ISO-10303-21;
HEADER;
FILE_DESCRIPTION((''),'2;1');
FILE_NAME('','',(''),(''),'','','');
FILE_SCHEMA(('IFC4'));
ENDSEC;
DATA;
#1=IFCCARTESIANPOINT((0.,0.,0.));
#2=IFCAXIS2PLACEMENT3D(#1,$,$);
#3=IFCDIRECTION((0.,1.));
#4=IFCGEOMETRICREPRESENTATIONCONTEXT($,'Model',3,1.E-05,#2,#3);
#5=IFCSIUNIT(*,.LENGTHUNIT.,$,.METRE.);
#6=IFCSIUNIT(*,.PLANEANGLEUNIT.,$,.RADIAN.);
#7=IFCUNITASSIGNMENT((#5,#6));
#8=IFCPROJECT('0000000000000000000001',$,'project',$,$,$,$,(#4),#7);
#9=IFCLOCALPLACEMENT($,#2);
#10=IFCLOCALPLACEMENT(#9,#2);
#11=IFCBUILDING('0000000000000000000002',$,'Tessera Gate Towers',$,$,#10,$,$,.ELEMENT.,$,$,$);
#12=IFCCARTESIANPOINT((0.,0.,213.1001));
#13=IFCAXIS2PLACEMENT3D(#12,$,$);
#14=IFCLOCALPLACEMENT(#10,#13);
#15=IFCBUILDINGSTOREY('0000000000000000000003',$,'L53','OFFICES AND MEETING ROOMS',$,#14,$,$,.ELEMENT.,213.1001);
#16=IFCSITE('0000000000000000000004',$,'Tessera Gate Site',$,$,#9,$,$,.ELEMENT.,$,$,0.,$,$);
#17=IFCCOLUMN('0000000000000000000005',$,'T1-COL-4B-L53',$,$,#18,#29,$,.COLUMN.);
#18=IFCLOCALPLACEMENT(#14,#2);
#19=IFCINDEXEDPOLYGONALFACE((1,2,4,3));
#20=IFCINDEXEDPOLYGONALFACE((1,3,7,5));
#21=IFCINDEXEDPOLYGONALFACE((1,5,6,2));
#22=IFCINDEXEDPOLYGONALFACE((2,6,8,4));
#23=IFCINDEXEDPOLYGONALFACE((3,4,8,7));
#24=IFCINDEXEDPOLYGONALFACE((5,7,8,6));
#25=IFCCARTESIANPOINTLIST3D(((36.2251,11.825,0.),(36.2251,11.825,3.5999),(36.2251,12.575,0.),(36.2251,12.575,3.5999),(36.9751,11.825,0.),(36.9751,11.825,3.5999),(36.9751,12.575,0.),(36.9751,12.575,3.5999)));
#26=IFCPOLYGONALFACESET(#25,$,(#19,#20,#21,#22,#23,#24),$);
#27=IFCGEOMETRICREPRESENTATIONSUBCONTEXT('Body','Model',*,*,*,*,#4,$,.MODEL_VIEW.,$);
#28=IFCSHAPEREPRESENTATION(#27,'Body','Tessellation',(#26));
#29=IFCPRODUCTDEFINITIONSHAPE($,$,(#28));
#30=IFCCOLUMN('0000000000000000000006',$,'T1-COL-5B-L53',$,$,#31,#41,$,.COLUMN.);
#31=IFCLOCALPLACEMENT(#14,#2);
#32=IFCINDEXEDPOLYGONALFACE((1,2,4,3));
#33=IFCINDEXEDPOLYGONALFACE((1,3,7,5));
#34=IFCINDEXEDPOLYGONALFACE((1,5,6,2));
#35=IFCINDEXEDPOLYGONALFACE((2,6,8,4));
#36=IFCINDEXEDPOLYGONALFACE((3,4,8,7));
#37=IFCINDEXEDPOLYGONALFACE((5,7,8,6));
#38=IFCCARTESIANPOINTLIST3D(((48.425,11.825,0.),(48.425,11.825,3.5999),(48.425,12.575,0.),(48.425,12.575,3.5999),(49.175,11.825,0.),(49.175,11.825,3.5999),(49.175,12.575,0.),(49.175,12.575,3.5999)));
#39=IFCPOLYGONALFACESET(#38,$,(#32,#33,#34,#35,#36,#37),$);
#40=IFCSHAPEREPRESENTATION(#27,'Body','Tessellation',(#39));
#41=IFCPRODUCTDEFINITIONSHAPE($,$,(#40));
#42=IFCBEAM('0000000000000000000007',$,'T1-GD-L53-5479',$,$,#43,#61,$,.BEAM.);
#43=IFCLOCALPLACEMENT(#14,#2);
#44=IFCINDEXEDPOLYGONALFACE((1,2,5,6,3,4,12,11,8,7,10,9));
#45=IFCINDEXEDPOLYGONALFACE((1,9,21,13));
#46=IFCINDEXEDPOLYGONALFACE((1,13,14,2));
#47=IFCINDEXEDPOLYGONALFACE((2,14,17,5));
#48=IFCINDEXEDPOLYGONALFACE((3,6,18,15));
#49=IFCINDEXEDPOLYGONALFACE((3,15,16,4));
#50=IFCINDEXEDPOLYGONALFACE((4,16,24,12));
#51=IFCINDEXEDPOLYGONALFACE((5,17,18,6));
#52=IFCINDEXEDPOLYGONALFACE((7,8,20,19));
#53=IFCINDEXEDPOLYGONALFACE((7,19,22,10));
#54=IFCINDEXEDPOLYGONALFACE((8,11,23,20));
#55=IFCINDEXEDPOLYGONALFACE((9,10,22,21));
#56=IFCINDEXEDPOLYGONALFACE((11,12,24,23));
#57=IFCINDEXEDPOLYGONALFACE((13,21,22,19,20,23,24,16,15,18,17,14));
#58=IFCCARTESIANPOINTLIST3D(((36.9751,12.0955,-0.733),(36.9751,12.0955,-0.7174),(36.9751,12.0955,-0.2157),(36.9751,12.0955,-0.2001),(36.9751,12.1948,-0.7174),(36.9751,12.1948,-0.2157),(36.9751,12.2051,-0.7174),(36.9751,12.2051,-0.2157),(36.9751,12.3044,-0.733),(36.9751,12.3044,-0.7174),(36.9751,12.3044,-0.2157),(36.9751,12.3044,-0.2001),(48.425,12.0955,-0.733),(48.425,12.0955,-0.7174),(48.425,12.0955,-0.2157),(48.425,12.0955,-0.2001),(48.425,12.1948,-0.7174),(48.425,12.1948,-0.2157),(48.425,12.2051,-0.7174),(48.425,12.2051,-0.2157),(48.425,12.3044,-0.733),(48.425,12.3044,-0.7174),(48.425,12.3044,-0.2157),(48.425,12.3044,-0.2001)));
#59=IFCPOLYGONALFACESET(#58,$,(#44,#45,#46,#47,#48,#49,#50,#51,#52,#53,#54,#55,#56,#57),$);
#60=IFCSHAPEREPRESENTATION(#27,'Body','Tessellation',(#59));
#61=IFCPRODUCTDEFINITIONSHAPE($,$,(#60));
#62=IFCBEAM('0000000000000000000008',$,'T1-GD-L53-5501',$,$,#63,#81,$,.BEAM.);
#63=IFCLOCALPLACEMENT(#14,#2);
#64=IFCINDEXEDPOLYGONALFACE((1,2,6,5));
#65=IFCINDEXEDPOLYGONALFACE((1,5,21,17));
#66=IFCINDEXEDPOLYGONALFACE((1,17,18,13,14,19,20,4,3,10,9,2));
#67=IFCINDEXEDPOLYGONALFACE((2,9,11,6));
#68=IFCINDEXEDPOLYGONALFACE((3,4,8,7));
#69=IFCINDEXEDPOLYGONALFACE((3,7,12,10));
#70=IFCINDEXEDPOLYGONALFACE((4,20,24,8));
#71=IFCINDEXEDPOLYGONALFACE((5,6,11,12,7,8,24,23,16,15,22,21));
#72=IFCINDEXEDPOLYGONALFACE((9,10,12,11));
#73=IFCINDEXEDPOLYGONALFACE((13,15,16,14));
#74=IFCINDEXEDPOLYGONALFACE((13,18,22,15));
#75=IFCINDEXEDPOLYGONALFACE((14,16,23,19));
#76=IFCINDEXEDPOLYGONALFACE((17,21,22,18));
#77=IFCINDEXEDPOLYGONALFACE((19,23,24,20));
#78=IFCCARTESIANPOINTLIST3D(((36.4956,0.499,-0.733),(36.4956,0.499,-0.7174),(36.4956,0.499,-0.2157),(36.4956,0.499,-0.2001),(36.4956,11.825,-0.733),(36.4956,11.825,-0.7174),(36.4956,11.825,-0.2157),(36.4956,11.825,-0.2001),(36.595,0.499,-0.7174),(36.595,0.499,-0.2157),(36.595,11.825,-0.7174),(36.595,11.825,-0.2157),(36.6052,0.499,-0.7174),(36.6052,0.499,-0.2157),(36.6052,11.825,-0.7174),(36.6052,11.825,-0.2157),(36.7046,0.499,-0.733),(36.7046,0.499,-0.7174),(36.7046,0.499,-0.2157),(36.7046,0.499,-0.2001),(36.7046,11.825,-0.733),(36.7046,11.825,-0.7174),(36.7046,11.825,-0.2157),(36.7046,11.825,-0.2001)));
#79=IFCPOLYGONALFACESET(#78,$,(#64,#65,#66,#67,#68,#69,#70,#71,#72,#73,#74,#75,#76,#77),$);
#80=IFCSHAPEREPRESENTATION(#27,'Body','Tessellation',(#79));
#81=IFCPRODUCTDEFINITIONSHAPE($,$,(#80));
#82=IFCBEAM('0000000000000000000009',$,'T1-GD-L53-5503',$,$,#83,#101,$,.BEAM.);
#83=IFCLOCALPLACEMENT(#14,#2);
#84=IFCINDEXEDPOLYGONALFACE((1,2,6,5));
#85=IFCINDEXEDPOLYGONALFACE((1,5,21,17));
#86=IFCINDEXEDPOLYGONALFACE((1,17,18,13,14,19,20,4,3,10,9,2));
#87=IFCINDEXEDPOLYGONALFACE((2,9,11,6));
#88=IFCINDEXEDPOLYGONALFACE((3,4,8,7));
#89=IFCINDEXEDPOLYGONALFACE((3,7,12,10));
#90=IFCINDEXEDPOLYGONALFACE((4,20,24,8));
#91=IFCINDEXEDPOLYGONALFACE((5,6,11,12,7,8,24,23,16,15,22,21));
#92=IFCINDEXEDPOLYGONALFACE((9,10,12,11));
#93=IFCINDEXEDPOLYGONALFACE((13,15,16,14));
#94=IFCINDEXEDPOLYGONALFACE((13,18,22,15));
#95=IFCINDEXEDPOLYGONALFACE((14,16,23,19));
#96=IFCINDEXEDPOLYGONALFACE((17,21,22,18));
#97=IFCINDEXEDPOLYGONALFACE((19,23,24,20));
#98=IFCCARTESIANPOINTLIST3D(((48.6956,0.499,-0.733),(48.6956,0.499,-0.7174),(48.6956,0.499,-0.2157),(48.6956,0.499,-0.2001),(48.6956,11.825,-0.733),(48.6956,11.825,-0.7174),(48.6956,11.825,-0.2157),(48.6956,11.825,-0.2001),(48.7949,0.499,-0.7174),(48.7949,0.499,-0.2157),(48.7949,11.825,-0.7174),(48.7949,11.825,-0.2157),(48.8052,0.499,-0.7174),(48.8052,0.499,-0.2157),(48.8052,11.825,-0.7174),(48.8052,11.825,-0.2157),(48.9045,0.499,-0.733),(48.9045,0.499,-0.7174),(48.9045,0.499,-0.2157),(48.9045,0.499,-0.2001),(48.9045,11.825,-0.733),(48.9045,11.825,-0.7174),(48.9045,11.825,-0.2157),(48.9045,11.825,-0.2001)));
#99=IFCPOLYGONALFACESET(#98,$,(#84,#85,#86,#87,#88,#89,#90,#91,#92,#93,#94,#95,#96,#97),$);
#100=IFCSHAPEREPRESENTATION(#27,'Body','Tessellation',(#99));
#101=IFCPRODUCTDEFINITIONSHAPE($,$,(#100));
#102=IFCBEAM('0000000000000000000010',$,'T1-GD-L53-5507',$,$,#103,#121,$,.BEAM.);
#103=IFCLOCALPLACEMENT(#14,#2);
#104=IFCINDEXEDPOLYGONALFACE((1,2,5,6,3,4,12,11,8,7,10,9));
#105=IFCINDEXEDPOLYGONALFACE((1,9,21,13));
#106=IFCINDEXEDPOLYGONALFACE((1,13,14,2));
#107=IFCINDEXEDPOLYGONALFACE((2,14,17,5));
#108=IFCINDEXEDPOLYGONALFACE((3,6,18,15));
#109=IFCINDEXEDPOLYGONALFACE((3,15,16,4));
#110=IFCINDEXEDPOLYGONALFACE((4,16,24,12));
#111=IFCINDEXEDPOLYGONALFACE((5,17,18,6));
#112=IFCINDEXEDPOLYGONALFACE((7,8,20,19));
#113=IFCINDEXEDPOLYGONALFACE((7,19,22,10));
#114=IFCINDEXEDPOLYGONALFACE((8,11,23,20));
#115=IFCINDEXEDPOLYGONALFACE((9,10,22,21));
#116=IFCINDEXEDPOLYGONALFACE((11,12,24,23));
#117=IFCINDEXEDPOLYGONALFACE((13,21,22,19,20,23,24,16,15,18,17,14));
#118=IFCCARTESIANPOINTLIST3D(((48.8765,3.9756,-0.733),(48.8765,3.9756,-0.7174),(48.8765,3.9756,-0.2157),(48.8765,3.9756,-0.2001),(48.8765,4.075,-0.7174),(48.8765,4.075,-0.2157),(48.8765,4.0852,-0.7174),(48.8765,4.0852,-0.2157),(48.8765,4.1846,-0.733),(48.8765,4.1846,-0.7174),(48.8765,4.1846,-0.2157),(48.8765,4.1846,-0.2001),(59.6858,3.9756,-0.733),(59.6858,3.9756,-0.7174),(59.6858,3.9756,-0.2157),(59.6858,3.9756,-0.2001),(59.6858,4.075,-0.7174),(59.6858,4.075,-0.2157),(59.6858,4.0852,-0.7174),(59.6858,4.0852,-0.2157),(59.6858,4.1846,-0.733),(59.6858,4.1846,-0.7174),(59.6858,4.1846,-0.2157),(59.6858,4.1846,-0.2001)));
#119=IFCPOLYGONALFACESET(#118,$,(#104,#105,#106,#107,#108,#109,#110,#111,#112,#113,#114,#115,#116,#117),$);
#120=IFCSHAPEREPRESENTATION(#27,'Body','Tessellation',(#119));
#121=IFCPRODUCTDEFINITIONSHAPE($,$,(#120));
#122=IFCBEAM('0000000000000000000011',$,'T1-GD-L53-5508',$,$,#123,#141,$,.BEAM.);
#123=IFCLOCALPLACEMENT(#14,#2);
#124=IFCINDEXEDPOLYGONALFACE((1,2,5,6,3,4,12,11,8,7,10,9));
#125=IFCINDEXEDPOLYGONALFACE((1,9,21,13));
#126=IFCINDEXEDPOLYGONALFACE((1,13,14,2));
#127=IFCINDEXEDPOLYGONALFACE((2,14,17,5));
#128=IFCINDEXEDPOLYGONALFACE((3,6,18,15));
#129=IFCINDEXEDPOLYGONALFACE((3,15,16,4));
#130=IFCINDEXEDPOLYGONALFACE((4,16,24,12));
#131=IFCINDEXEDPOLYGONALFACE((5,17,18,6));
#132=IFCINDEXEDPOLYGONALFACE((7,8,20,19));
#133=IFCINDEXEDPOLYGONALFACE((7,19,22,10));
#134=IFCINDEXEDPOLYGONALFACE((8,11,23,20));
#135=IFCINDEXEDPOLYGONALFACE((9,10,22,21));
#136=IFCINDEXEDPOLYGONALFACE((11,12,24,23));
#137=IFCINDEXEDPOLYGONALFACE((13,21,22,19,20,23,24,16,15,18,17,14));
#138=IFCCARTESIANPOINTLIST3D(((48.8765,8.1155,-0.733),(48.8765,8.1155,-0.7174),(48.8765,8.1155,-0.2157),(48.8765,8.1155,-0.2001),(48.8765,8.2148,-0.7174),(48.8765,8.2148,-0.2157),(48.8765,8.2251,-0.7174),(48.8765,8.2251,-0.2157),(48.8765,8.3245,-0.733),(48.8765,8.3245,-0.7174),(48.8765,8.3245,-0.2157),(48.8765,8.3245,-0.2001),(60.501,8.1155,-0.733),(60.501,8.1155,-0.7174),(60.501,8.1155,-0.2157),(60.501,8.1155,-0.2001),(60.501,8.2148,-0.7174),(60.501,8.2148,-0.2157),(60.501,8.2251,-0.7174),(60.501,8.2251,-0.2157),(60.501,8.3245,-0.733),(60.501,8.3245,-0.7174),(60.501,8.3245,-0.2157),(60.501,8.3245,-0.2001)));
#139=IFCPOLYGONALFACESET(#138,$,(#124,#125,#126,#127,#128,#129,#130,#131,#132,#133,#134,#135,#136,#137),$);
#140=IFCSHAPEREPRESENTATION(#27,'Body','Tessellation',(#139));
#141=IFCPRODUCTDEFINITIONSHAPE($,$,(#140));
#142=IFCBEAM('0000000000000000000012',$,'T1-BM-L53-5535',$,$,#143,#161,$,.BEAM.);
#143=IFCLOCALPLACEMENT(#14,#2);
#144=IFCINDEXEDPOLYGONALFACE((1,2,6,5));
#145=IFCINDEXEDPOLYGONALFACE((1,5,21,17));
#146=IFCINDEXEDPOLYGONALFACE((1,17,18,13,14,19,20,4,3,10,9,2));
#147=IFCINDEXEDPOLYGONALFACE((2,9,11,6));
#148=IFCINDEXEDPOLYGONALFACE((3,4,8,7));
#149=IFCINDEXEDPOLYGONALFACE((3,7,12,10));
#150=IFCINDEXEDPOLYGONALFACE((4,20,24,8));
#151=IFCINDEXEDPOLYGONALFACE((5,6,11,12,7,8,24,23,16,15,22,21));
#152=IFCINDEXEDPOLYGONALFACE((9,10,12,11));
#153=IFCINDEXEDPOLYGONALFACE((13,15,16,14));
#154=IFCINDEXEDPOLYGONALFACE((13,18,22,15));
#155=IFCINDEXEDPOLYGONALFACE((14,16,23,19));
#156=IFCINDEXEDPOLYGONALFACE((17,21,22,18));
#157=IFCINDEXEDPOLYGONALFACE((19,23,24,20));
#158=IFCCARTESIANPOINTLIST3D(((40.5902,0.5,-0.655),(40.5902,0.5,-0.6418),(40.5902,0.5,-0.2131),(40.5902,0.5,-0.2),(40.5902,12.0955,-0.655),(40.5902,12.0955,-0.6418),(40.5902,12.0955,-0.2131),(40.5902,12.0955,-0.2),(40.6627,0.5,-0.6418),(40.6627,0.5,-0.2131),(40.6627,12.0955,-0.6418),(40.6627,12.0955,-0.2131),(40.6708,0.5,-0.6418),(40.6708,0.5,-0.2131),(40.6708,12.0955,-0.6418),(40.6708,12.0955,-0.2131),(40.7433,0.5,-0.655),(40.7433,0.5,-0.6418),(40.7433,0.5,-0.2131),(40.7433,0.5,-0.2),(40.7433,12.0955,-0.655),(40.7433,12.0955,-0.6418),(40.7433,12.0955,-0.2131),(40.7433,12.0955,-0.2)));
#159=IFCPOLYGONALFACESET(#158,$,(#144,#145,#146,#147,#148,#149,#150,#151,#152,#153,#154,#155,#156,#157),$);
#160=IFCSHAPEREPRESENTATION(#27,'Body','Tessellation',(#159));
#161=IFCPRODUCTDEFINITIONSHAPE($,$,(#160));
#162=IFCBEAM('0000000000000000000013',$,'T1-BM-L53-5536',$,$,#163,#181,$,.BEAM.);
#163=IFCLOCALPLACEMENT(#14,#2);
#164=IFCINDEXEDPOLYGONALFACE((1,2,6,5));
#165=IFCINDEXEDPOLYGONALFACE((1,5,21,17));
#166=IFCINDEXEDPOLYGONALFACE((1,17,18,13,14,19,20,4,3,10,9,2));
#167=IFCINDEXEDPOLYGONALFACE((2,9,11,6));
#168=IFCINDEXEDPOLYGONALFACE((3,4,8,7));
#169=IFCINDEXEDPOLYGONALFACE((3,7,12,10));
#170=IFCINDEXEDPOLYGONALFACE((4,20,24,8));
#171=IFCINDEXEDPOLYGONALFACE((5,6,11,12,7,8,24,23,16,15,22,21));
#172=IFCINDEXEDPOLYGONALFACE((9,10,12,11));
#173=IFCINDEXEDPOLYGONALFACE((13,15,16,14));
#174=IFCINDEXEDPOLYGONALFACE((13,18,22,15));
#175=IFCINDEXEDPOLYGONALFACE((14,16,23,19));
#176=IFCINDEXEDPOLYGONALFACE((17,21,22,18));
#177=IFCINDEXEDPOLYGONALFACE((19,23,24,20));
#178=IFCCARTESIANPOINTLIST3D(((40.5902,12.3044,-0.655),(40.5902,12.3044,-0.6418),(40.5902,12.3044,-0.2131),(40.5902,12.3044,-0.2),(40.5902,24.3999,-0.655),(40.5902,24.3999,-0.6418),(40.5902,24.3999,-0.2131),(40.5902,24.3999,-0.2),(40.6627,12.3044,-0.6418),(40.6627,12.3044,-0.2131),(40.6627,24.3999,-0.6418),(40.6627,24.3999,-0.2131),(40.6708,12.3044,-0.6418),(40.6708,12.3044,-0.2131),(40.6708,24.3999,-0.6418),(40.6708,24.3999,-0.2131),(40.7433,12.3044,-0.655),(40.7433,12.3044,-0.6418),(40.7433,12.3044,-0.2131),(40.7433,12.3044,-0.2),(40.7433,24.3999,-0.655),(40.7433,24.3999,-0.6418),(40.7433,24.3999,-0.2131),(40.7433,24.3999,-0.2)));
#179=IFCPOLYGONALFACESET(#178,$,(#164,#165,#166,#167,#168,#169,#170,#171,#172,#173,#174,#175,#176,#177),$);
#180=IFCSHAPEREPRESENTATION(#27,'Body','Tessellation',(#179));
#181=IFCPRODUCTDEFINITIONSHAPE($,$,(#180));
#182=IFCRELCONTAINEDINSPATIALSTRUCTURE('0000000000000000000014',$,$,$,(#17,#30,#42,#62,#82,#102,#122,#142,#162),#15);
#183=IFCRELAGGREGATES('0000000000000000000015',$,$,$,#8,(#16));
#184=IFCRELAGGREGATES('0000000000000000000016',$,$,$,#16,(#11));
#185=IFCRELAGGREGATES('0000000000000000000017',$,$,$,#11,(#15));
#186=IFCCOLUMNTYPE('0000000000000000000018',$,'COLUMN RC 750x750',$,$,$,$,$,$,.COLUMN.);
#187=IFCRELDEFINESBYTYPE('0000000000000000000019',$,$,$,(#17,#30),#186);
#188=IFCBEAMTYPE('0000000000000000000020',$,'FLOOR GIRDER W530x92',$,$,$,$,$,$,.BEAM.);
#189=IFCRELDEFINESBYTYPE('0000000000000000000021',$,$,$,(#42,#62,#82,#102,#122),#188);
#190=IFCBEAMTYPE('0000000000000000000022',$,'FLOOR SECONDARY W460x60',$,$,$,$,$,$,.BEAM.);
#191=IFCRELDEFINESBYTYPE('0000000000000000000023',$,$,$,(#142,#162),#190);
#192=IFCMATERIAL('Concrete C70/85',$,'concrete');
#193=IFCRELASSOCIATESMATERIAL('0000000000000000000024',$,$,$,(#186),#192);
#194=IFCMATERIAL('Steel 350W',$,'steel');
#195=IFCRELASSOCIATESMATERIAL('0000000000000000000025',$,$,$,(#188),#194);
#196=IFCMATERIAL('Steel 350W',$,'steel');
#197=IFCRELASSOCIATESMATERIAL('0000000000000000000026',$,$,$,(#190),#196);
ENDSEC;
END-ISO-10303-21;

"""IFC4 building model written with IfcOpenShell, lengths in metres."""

from ifc_helpers import new_model, si_unit, direction, frame, origin, origin_2d, place, context, subcontext, project, spatial, rectangle, i_section, extrude, material, material_profile, profile_set, type_object, element, save


model = new_model("IFC4")

# Units and contexts
model_context = context("Model", 3, precision=1e-05, world=origin(), true_north=direction((0.0, 1.0)))
body_context = subcontext(model_context, "Body", "Model", "MODEL_VIEW")
ifc_project = project(units=[si_unit("LENGTHUNIT", "METRE"), si_unit("PLANEANGLEUNIT", "RADIAN")], contexts=[model_context])

# Site, building, storey
site_placement = place(None, origin())
site = spatial("IfcSite", under=ifc_project, at=site_placement, Name="Tessera Gate Site", CompositionType="ELEMENT", RefElevation=0.0)
building_placement = place(site_placement, origin())
building = spatial("IfcBuilding", under=site, at=building_placement, Name="Tessera Gate Towers", CompositionType="ELEMENT")
storey_placement = place(building_placement, frame((0.0, 0.0, 213.1001)))
storey = spatial("IfcBuildingStorey", under=building, at=storey_placement, Name="L53", Description="OFFICES AND MEETING ROOMS", CompositionType="ELEMENT", Elevation=213.1001)

# Columns
ifc_material_1 = material(Name="Concrete C70/85", Category="concrete")
ifc_material_profile_1 = material_profile(ifc_material_1, rectangle(XDim=0.75, YDim=0.75, at=origin_2d()), Name="RC 750x750")
ifc_profile_set_1 = profile_set([ifc_material_profile_1], Name="Concrete C70/85")
column_type = type_object("IfcColumnType", Name="COLUMN RC 750x750", PredefinedType="COLUMN", material=ifc_profile_set_1)
for number, where, z_axis, x_axis, name in (
    (1, (36.6001, 12.2, 0.0), (0.0, 0.0, 1.0), (1.0, 0.0, 0.0), "T1-COL-4B-L53"),
    (2, (48.8, 12.2, 0.0), (0.0, 0.0, 1.0), (1.0, 0.0, 0.0), "T1-COL-5B-L53"),
):
    element("IfcColumn", number, at=place(storey_placement, frame(where, z_axis=z_axis, x_axis=x_axis)), inside=storey, type_object=column_type, Name=name, PredefinedType="COLUMN", context=body_context, shape_type="SweptSolid", body=[
        extrude(rectangle(XDim=0.75, YDim=0.75, at=origin_2d()), origin(), (0.0, 0.0, 1.0), 3.5999),
    ])

# Beams
ifc_material_2 = material(Name="Steel 350W", Category="steel")
ifc_material_profile_2 = material_profile(ifc_material_2, i_section(OverallWidth=0.209, OverallDepth=0.533, WebThickness=0.0103, FlangeThickness=0.0156, at=origin_2d()), Name="W530x92")
ifc_profile_set_2 = profile_set([ifc_material_profile_2], Name="Steel 350W")
beam_type_1 = type_object("IfcBeamType", Name="FLOOR GIRDER W530x92", PredefinedType="BEAM", material=ifc_profile_set_2)
beam_1_placement = place(storey_placement, frame((36.9751, 12.2, -0.4666), z_axis=(1.0, 0.0, 0.0), x_axis=(0.0, 1.0, 0.0)))
element("IfcBeam", 3, at=beam_1_placement, inside=storey, type_object=beam_type_1, Name="T1-GD-L53-5479", PredefinedType="BEAM", context=body_context, shape_type="SweptSolid", body=[
    extrude(i_section(OverallWidth=0.209, OverallDepth=0.533, WebThickness=0.0103, FlangeThickness=0.0156, at=origin_2d()), origin(), (0.0, 0.0, 1.0), 11.45),
])
for number, where, z_axis, x_axis, name in (
    (4, (36.6001, 0.499, -0.4666), (0.0, 1.0, 0.0), (-1.0, 0.0, 0.0), "T1-GD-L53-5501"),
    (5, (48.8, 0.499, -0.4666), (0.0, 1.0, 0.0), (-1.0, 0.0, 0.0), "T1-GD-L53-5503"),
):
    element("IfcBeam", number, at=place(storey_placement, frame(where, z_axis=z_axis, x_axis=x_axis)), inside=storey, type_object=beam_type_1, Name=name, PredefinedType="BEAM", context=body_context, shape_type="SweptSolid", body=[
        extrude(i_section(OverallWidth=0.209, OverallDepth=0.533, WebThickness=0.0103, FlangeThickness=0.0156, at=origin_2d()), origin(), (0.0, 0.0, 1.0), 11.3259),
    ])
beam_2_placement = place(storey_placement, frame((48.8765, 4.0801, -0.4666), z_axis=(1.0, 0.0, 0.0), x_axis=(0.0, 1.0, 0.0)))
element("IfcBeam", 6, at=beam_2_placement, inside=storey, type_object=beam_type_1, Name="T1-GD-L53-5507", PredefinedType="BEAM", context=body_context, shape_type="SweptSolid", body=[
    extrude(i_section(OverallWidth=0.209, OverallDepth=0.533, WebThickness=0.0103, FlangeThickness=0.0156, at=origin_2d()), origin(), (0.0, 0.0, 1.0), 10.8093),
])
beam_3_placement = place(storey_placement, frame((48.8765, 8.22, -0.4666), z_axis=(1.0, 0.0, 0.0), x_axis=(0.0, 1.0, 0.0)))
element("IfcBeam", 7, at=beam_3_placement, inside=storey, type_object=beam_type_1, Name="T1-GD-L53-5508", PredefinedType="BEAM", context=body_context, shape_type="SweptSolid", body=[
    extrude(i_section(OverallWidth=0.209, OverallDepth=0.533, WebThickness=0.0103, FlangeThickness=0.0156, at=origin_2d()), origin(), (0.0, 0.0, 1.0), 11.6245),
])
ifc_material_3 = material(Name="Steel 350W", Category="steel")
ifc_material_profile_3 = material_profile(ifc_material_3, i_section(OverallWidth=0.1531, OverallDepth=0.4551, WebThickness=0.0081, FlangeThickness=0.0132, at=origin_2d()), Name="W460x60")
ifc_profile_set_3 = profile_set([ifc_material_profile_3], Name="Steel 350W")
beam_type_2 = type_object("IfcBeamType", Name="FLOOR SECONDARY W460x60", PredefinedType="BEAM", material=ifc_profile_set_3)
beam_4_placement = place(storey_placement, frame((40.6667, 0.5, -0.4275), z_axis=(0.0, 1.0, 0.0), x_axis=(-1.0, 0.0, 0.0)))
element("IfcBeam", 8, at=beam_4_placement, inside=storey, type_object=beam_type_2, Name="T1-BM-L53-5535", PredefinedType="BEAM", context=body_context, shape_type="SweptSolid", body=[
    extrude(i_section(OverallWidth=0.1531, OverallDepth=0.4551, WebThickness=0.0081, FlangeThickness=0.0132, at=origin_2d()), origin(), (0.0, 0.0, 1.0), 11.5955),
])
beam_5_placement = place(storey_placement, frame((40.6667, 12.3044, -0.4275), z_axis=(0.0, 1.0, 0.0), x_axis=(-1.0, 0.0, 0.0)))
element("IfcBeam", 9, at=beam_5_placement, inside=storey, type_object=beam_type_2, Name="T1-BM-L53-5536", PredefinedType="BEAM", context=body_context, shape_type="SweptSolid", body=[
    extrude(i_section(OverallWidth=0.1531, OverallDepth=0.4551, WebThickness=0.0081, FlangeThickness=0.0132, at=origin_2d()), origin(), (0.0, 0.0, 1.0), 12.0955),
])

save(model, "model.ifc")
